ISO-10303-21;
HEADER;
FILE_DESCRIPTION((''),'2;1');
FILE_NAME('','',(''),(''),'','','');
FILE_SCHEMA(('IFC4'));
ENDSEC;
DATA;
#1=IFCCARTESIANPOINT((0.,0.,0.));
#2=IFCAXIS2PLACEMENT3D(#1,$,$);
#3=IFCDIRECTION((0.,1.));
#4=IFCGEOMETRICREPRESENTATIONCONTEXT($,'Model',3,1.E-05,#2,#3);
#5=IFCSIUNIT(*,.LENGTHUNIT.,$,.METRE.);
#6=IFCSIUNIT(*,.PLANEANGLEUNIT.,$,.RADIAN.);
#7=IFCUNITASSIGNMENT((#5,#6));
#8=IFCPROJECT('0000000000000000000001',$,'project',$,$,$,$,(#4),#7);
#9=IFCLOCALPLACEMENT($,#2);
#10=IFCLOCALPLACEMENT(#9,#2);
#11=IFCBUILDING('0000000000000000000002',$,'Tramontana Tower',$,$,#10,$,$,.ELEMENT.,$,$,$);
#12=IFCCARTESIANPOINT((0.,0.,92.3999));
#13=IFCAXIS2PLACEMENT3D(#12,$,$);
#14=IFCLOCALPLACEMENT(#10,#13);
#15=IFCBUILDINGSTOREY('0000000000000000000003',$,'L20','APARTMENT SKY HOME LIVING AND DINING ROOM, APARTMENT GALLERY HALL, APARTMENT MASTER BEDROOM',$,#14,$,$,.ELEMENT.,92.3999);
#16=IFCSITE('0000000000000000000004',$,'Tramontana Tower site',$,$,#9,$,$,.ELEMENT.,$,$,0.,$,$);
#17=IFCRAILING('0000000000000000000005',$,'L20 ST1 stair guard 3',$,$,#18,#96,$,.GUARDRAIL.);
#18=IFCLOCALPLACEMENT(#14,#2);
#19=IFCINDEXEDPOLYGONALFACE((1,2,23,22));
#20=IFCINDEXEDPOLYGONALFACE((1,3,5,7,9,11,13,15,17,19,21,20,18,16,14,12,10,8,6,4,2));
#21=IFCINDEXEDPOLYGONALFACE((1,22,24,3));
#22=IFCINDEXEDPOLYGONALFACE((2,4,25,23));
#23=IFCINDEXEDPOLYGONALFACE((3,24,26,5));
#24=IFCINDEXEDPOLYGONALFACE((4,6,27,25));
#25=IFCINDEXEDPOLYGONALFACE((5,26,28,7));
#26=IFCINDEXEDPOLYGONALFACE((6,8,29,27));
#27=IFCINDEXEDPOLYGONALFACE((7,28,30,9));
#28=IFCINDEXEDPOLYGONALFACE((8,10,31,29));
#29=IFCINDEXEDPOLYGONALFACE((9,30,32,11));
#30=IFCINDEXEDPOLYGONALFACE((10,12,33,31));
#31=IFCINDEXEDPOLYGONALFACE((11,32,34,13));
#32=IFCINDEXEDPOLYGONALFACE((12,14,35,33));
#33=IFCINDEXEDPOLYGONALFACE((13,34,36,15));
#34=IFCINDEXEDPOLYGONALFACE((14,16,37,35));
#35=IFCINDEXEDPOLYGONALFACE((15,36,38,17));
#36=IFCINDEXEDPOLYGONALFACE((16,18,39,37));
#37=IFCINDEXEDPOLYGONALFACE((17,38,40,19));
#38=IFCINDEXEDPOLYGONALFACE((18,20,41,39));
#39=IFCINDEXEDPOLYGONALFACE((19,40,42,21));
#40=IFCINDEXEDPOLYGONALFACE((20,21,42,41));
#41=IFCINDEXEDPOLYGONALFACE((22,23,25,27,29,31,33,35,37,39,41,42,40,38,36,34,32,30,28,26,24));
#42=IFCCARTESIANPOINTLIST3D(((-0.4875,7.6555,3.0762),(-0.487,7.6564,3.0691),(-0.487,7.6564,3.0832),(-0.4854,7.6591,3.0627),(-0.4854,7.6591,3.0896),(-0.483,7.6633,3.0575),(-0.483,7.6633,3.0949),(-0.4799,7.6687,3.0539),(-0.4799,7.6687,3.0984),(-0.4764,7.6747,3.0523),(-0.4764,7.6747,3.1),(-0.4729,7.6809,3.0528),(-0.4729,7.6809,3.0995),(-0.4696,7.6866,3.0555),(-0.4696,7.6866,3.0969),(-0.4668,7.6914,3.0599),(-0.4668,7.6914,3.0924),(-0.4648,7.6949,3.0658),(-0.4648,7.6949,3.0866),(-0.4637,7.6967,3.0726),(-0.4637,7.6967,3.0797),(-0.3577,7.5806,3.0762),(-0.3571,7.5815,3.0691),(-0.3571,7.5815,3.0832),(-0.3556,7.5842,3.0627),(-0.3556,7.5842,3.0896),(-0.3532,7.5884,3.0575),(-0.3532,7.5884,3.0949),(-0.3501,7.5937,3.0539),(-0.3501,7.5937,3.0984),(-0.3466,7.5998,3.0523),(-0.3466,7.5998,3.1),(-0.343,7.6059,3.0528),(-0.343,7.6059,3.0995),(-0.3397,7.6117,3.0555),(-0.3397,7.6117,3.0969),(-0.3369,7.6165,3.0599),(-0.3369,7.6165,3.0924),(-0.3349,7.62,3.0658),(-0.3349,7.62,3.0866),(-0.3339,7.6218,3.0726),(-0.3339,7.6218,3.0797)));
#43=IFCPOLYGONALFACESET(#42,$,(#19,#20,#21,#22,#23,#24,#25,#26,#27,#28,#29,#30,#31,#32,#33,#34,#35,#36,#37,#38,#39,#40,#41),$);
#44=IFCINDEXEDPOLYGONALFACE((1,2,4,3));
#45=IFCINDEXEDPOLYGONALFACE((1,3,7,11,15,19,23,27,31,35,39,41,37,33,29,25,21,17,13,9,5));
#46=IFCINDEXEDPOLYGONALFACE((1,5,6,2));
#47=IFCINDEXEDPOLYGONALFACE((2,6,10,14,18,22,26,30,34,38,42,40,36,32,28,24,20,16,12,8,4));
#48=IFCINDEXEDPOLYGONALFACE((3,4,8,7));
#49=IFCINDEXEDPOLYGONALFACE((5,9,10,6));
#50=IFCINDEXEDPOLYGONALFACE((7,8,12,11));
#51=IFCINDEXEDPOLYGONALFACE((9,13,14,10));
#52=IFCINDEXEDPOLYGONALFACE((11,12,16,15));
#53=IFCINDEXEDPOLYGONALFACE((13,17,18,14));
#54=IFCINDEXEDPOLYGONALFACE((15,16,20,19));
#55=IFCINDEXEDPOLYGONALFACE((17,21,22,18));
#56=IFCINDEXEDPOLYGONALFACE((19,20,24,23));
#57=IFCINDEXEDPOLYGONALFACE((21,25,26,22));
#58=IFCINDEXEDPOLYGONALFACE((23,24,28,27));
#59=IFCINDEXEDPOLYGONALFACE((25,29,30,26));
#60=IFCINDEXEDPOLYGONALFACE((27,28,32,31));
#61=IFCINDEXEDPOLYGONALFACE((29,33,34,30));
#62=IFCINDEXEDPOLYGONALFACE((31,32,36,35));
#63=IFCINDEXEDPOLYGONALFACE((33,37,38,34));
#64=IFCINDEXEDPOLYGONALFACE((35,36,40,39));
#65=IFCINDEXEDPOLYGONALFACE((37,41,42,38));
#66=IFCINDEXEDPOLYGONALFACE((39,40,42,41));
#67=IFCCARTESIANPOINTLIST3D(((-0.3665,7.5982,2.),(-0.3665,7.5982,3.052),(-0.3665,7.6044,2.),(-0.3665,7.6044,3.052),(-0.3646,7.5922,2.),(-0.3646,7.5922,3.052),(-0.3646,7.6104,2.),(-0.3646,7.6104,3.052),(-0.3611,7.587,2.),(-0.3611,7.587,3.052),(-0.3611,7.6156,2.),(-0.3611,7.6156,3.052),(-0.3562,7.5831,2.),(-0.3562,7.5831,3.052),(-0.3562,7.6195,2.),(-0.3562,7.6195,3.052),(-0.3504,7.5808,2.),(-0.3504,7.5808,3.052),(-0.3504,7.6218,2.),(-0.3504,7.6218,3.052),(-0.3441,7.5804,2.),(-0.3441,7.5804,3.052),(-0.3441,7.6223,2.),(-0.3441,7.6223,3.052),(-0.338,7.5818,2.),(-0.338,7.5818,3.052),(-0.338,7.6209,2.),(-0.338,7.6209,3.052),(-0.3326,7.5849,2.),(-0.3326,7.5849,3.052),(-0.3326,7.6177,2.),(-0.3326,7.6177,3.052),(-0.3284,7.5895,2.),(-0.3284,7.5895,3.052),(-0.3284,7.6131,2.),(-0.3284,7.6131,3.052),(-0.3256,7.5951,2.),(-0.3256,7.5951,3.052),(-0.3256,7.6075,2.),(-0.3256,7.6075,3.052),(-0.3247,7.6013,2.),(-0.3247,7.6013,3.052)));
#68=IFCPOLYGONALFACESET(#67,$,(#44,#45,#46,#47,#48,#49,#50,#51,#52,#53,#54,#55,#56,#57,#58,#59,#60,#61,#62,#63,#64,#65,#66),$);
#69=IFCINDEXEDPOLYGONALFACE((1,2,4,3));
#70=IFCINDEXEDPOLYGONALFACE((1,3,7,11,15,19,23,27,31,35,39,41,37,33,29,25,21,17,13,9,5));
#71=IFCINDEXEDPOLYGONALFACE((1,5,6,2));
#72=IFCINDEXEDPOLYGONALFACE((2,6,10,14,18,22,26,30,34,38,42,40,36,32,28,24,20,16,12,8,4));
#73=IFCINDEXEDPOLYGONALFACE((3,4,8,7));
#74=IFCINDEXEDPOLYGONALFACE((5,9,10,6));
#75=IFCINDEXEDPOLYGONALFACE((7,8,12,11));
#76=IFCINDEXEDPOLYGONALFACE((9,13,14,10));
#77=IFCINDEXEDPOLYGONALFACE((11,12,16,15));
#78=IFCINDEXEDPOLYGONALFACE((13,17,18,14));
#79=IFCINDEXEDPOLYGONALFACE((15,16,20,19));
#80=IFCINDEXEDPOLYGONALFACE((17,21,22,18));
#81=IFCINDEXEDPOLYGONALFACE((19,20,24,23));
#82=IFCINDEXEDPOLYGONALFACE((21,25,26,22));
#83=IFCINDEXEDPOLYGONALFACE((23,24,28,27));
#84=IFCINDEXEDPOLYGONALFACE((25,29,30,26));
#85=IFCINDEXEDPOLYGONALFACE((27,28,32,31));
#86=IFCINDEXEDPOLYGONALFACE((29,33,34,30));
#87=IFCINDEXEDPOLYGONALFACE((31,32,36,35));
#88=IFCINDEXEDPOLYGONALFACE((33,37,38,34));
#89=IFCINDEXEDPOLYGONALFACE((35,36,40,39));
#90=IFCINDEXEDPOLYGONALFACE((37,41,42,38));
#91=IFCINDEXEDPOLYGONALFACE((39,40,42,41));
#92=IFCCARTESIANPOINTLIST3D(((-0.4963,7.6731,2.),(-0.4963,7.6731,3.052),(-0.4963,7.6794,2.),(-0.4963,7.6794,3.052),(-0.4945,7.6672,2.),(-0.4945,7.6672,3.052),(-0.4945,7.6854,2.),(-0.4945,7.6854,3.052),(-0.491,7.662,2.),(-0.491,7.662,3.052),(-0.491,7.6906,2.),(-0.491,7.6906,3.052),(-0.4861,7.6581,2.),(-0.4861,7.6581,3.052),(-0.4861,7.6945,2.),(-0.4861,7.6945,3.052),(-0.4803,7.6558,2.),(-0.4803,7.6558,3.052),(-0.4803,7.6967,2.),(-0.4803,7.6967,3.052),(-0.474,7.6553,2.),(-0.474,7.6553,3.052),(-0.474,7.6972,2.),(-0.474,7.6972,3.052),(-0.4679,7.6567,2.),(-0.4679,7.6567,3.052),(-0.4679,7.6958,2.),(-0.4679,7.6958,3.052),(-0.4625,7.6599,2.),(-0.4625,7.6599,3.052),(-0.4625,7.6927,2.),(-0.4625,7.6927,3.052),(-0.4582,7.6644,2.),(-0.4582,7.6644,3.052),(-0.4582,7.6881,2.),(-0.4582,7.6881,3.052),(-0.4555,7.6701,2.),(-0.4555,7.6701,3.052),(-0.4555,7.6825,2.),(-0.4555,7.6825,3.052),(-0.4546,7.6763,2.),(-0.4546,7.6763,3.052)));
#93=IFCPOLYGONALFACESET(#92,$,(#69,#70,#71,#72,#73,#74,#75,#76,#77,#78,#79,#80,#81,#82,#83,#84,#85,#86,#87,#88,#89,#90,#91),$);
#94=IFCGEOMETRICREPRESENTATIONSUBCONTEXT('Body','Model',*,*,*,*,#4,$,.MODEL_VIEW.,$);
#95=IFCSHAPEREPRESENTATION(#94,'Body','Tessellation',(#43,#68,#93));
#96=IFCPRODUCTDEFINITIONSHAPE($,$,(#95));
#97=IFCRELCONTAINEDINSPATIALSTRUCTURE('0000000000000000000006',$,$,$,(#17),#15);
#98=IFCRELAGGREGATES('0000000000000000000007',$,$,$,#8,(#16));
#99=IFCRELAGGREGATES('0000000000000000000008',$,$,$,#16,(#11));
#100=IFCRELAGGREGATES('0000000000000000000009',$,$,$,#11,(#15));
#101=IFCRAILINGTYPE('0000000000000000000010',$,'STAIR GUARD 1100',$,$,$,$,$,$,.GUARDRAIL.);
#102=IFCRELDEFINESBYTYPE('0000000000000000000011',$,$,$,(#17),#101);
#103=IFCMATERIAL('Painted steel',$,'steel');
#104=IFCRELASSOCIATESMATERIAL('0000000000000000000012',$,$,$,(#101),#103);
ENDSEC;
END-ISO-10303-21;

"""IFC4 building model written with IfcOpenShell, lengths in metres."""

from ifc_helpers import new_model, si_unit, direction, frame, origin, origin_2d, place, context, subcontext, project, spatial, circle, extrude, material, type_object, element, save


model = new_model("IFC4")

# Units and contexts
model_context = context("Model", 3, precision=1e-05, world=origin(), true_north=direction((0.0, 1.0)))
body_context = subcontext(model_context, "Body", "Model", "MODEL_VIEW")
ifc_project = project(units=[si_unit("LENGTHUNIT", "METRE"), si_unit("PLANEANGLEUNIT", "RADIAN")], contexts=[model_context])

# Site, building, storey
site_placement = place(None, origin())
site = spatial("IfcSite", under=ifc_project, at=site_placement, Name="Tramontana Tower site", CompositionType="ELEMENT", RefElevation=0.0)
building_placement = place(site_placement, origin())
building = spatial("IfcBuilding", under=site, at=building_placement, Name="Tramontana Tower", CompositionType="ELEMENT")
storey_placement = place(building_placement, frame((0.0, 0.0, 92.3999)))
storey = spatial("IfcBuildingStorey", under=building, at=storey_placement, Name="L20", Description="APARTMENT SKY HOME LIVING AND DINING ROOM, APARTMENT GALLERY HALL, APARTMENT MASTER BEDROOM", CompositionType="ELEMENT", Elevation=92.3999)

# Railing
ifc_material_1 = material(Name="Painted steel", Category="steel")
railing_type_1 = type_object("IfcRailingType", Name="STAIR GUARD 1100", PredefinedType="GUARDRAIL", material=ifc_material_1)
railing_1_placement = place(storey_placement, frame((-0.3457, 7.6013, 2.0)))
element("IfcRailing", 1, at=railing_1_placement, inside=storey, type_object=railing_type_1, Name="L20 ST1 stair guard 3", PredefinedType="GUARDRAIL", context=body_context, shape_type="SweptSolid", body=[
    extrude(circle(Radius=0.0239, at=origin_2d()), frame((0.0, 0.0, 1.0762), z_axis=(-0.866131, 0.499816, 0.0), x_axis=(-0.499816, -0.866131, 0.0)), (0.0, 0.0, 1.0), 0.1499),
    extrude(circle(Radius=0.021, at=origin_2d()), origin(), (0.0, 0.0, 1.0), 1.052),
    extrude(circle(Radius=0.021, at=origin_2d()), frame((-0.1299, 0.075, 0.0)), (0.0, 0.0, 1.0), 1.052),
])

save(model, "model.ifc")
